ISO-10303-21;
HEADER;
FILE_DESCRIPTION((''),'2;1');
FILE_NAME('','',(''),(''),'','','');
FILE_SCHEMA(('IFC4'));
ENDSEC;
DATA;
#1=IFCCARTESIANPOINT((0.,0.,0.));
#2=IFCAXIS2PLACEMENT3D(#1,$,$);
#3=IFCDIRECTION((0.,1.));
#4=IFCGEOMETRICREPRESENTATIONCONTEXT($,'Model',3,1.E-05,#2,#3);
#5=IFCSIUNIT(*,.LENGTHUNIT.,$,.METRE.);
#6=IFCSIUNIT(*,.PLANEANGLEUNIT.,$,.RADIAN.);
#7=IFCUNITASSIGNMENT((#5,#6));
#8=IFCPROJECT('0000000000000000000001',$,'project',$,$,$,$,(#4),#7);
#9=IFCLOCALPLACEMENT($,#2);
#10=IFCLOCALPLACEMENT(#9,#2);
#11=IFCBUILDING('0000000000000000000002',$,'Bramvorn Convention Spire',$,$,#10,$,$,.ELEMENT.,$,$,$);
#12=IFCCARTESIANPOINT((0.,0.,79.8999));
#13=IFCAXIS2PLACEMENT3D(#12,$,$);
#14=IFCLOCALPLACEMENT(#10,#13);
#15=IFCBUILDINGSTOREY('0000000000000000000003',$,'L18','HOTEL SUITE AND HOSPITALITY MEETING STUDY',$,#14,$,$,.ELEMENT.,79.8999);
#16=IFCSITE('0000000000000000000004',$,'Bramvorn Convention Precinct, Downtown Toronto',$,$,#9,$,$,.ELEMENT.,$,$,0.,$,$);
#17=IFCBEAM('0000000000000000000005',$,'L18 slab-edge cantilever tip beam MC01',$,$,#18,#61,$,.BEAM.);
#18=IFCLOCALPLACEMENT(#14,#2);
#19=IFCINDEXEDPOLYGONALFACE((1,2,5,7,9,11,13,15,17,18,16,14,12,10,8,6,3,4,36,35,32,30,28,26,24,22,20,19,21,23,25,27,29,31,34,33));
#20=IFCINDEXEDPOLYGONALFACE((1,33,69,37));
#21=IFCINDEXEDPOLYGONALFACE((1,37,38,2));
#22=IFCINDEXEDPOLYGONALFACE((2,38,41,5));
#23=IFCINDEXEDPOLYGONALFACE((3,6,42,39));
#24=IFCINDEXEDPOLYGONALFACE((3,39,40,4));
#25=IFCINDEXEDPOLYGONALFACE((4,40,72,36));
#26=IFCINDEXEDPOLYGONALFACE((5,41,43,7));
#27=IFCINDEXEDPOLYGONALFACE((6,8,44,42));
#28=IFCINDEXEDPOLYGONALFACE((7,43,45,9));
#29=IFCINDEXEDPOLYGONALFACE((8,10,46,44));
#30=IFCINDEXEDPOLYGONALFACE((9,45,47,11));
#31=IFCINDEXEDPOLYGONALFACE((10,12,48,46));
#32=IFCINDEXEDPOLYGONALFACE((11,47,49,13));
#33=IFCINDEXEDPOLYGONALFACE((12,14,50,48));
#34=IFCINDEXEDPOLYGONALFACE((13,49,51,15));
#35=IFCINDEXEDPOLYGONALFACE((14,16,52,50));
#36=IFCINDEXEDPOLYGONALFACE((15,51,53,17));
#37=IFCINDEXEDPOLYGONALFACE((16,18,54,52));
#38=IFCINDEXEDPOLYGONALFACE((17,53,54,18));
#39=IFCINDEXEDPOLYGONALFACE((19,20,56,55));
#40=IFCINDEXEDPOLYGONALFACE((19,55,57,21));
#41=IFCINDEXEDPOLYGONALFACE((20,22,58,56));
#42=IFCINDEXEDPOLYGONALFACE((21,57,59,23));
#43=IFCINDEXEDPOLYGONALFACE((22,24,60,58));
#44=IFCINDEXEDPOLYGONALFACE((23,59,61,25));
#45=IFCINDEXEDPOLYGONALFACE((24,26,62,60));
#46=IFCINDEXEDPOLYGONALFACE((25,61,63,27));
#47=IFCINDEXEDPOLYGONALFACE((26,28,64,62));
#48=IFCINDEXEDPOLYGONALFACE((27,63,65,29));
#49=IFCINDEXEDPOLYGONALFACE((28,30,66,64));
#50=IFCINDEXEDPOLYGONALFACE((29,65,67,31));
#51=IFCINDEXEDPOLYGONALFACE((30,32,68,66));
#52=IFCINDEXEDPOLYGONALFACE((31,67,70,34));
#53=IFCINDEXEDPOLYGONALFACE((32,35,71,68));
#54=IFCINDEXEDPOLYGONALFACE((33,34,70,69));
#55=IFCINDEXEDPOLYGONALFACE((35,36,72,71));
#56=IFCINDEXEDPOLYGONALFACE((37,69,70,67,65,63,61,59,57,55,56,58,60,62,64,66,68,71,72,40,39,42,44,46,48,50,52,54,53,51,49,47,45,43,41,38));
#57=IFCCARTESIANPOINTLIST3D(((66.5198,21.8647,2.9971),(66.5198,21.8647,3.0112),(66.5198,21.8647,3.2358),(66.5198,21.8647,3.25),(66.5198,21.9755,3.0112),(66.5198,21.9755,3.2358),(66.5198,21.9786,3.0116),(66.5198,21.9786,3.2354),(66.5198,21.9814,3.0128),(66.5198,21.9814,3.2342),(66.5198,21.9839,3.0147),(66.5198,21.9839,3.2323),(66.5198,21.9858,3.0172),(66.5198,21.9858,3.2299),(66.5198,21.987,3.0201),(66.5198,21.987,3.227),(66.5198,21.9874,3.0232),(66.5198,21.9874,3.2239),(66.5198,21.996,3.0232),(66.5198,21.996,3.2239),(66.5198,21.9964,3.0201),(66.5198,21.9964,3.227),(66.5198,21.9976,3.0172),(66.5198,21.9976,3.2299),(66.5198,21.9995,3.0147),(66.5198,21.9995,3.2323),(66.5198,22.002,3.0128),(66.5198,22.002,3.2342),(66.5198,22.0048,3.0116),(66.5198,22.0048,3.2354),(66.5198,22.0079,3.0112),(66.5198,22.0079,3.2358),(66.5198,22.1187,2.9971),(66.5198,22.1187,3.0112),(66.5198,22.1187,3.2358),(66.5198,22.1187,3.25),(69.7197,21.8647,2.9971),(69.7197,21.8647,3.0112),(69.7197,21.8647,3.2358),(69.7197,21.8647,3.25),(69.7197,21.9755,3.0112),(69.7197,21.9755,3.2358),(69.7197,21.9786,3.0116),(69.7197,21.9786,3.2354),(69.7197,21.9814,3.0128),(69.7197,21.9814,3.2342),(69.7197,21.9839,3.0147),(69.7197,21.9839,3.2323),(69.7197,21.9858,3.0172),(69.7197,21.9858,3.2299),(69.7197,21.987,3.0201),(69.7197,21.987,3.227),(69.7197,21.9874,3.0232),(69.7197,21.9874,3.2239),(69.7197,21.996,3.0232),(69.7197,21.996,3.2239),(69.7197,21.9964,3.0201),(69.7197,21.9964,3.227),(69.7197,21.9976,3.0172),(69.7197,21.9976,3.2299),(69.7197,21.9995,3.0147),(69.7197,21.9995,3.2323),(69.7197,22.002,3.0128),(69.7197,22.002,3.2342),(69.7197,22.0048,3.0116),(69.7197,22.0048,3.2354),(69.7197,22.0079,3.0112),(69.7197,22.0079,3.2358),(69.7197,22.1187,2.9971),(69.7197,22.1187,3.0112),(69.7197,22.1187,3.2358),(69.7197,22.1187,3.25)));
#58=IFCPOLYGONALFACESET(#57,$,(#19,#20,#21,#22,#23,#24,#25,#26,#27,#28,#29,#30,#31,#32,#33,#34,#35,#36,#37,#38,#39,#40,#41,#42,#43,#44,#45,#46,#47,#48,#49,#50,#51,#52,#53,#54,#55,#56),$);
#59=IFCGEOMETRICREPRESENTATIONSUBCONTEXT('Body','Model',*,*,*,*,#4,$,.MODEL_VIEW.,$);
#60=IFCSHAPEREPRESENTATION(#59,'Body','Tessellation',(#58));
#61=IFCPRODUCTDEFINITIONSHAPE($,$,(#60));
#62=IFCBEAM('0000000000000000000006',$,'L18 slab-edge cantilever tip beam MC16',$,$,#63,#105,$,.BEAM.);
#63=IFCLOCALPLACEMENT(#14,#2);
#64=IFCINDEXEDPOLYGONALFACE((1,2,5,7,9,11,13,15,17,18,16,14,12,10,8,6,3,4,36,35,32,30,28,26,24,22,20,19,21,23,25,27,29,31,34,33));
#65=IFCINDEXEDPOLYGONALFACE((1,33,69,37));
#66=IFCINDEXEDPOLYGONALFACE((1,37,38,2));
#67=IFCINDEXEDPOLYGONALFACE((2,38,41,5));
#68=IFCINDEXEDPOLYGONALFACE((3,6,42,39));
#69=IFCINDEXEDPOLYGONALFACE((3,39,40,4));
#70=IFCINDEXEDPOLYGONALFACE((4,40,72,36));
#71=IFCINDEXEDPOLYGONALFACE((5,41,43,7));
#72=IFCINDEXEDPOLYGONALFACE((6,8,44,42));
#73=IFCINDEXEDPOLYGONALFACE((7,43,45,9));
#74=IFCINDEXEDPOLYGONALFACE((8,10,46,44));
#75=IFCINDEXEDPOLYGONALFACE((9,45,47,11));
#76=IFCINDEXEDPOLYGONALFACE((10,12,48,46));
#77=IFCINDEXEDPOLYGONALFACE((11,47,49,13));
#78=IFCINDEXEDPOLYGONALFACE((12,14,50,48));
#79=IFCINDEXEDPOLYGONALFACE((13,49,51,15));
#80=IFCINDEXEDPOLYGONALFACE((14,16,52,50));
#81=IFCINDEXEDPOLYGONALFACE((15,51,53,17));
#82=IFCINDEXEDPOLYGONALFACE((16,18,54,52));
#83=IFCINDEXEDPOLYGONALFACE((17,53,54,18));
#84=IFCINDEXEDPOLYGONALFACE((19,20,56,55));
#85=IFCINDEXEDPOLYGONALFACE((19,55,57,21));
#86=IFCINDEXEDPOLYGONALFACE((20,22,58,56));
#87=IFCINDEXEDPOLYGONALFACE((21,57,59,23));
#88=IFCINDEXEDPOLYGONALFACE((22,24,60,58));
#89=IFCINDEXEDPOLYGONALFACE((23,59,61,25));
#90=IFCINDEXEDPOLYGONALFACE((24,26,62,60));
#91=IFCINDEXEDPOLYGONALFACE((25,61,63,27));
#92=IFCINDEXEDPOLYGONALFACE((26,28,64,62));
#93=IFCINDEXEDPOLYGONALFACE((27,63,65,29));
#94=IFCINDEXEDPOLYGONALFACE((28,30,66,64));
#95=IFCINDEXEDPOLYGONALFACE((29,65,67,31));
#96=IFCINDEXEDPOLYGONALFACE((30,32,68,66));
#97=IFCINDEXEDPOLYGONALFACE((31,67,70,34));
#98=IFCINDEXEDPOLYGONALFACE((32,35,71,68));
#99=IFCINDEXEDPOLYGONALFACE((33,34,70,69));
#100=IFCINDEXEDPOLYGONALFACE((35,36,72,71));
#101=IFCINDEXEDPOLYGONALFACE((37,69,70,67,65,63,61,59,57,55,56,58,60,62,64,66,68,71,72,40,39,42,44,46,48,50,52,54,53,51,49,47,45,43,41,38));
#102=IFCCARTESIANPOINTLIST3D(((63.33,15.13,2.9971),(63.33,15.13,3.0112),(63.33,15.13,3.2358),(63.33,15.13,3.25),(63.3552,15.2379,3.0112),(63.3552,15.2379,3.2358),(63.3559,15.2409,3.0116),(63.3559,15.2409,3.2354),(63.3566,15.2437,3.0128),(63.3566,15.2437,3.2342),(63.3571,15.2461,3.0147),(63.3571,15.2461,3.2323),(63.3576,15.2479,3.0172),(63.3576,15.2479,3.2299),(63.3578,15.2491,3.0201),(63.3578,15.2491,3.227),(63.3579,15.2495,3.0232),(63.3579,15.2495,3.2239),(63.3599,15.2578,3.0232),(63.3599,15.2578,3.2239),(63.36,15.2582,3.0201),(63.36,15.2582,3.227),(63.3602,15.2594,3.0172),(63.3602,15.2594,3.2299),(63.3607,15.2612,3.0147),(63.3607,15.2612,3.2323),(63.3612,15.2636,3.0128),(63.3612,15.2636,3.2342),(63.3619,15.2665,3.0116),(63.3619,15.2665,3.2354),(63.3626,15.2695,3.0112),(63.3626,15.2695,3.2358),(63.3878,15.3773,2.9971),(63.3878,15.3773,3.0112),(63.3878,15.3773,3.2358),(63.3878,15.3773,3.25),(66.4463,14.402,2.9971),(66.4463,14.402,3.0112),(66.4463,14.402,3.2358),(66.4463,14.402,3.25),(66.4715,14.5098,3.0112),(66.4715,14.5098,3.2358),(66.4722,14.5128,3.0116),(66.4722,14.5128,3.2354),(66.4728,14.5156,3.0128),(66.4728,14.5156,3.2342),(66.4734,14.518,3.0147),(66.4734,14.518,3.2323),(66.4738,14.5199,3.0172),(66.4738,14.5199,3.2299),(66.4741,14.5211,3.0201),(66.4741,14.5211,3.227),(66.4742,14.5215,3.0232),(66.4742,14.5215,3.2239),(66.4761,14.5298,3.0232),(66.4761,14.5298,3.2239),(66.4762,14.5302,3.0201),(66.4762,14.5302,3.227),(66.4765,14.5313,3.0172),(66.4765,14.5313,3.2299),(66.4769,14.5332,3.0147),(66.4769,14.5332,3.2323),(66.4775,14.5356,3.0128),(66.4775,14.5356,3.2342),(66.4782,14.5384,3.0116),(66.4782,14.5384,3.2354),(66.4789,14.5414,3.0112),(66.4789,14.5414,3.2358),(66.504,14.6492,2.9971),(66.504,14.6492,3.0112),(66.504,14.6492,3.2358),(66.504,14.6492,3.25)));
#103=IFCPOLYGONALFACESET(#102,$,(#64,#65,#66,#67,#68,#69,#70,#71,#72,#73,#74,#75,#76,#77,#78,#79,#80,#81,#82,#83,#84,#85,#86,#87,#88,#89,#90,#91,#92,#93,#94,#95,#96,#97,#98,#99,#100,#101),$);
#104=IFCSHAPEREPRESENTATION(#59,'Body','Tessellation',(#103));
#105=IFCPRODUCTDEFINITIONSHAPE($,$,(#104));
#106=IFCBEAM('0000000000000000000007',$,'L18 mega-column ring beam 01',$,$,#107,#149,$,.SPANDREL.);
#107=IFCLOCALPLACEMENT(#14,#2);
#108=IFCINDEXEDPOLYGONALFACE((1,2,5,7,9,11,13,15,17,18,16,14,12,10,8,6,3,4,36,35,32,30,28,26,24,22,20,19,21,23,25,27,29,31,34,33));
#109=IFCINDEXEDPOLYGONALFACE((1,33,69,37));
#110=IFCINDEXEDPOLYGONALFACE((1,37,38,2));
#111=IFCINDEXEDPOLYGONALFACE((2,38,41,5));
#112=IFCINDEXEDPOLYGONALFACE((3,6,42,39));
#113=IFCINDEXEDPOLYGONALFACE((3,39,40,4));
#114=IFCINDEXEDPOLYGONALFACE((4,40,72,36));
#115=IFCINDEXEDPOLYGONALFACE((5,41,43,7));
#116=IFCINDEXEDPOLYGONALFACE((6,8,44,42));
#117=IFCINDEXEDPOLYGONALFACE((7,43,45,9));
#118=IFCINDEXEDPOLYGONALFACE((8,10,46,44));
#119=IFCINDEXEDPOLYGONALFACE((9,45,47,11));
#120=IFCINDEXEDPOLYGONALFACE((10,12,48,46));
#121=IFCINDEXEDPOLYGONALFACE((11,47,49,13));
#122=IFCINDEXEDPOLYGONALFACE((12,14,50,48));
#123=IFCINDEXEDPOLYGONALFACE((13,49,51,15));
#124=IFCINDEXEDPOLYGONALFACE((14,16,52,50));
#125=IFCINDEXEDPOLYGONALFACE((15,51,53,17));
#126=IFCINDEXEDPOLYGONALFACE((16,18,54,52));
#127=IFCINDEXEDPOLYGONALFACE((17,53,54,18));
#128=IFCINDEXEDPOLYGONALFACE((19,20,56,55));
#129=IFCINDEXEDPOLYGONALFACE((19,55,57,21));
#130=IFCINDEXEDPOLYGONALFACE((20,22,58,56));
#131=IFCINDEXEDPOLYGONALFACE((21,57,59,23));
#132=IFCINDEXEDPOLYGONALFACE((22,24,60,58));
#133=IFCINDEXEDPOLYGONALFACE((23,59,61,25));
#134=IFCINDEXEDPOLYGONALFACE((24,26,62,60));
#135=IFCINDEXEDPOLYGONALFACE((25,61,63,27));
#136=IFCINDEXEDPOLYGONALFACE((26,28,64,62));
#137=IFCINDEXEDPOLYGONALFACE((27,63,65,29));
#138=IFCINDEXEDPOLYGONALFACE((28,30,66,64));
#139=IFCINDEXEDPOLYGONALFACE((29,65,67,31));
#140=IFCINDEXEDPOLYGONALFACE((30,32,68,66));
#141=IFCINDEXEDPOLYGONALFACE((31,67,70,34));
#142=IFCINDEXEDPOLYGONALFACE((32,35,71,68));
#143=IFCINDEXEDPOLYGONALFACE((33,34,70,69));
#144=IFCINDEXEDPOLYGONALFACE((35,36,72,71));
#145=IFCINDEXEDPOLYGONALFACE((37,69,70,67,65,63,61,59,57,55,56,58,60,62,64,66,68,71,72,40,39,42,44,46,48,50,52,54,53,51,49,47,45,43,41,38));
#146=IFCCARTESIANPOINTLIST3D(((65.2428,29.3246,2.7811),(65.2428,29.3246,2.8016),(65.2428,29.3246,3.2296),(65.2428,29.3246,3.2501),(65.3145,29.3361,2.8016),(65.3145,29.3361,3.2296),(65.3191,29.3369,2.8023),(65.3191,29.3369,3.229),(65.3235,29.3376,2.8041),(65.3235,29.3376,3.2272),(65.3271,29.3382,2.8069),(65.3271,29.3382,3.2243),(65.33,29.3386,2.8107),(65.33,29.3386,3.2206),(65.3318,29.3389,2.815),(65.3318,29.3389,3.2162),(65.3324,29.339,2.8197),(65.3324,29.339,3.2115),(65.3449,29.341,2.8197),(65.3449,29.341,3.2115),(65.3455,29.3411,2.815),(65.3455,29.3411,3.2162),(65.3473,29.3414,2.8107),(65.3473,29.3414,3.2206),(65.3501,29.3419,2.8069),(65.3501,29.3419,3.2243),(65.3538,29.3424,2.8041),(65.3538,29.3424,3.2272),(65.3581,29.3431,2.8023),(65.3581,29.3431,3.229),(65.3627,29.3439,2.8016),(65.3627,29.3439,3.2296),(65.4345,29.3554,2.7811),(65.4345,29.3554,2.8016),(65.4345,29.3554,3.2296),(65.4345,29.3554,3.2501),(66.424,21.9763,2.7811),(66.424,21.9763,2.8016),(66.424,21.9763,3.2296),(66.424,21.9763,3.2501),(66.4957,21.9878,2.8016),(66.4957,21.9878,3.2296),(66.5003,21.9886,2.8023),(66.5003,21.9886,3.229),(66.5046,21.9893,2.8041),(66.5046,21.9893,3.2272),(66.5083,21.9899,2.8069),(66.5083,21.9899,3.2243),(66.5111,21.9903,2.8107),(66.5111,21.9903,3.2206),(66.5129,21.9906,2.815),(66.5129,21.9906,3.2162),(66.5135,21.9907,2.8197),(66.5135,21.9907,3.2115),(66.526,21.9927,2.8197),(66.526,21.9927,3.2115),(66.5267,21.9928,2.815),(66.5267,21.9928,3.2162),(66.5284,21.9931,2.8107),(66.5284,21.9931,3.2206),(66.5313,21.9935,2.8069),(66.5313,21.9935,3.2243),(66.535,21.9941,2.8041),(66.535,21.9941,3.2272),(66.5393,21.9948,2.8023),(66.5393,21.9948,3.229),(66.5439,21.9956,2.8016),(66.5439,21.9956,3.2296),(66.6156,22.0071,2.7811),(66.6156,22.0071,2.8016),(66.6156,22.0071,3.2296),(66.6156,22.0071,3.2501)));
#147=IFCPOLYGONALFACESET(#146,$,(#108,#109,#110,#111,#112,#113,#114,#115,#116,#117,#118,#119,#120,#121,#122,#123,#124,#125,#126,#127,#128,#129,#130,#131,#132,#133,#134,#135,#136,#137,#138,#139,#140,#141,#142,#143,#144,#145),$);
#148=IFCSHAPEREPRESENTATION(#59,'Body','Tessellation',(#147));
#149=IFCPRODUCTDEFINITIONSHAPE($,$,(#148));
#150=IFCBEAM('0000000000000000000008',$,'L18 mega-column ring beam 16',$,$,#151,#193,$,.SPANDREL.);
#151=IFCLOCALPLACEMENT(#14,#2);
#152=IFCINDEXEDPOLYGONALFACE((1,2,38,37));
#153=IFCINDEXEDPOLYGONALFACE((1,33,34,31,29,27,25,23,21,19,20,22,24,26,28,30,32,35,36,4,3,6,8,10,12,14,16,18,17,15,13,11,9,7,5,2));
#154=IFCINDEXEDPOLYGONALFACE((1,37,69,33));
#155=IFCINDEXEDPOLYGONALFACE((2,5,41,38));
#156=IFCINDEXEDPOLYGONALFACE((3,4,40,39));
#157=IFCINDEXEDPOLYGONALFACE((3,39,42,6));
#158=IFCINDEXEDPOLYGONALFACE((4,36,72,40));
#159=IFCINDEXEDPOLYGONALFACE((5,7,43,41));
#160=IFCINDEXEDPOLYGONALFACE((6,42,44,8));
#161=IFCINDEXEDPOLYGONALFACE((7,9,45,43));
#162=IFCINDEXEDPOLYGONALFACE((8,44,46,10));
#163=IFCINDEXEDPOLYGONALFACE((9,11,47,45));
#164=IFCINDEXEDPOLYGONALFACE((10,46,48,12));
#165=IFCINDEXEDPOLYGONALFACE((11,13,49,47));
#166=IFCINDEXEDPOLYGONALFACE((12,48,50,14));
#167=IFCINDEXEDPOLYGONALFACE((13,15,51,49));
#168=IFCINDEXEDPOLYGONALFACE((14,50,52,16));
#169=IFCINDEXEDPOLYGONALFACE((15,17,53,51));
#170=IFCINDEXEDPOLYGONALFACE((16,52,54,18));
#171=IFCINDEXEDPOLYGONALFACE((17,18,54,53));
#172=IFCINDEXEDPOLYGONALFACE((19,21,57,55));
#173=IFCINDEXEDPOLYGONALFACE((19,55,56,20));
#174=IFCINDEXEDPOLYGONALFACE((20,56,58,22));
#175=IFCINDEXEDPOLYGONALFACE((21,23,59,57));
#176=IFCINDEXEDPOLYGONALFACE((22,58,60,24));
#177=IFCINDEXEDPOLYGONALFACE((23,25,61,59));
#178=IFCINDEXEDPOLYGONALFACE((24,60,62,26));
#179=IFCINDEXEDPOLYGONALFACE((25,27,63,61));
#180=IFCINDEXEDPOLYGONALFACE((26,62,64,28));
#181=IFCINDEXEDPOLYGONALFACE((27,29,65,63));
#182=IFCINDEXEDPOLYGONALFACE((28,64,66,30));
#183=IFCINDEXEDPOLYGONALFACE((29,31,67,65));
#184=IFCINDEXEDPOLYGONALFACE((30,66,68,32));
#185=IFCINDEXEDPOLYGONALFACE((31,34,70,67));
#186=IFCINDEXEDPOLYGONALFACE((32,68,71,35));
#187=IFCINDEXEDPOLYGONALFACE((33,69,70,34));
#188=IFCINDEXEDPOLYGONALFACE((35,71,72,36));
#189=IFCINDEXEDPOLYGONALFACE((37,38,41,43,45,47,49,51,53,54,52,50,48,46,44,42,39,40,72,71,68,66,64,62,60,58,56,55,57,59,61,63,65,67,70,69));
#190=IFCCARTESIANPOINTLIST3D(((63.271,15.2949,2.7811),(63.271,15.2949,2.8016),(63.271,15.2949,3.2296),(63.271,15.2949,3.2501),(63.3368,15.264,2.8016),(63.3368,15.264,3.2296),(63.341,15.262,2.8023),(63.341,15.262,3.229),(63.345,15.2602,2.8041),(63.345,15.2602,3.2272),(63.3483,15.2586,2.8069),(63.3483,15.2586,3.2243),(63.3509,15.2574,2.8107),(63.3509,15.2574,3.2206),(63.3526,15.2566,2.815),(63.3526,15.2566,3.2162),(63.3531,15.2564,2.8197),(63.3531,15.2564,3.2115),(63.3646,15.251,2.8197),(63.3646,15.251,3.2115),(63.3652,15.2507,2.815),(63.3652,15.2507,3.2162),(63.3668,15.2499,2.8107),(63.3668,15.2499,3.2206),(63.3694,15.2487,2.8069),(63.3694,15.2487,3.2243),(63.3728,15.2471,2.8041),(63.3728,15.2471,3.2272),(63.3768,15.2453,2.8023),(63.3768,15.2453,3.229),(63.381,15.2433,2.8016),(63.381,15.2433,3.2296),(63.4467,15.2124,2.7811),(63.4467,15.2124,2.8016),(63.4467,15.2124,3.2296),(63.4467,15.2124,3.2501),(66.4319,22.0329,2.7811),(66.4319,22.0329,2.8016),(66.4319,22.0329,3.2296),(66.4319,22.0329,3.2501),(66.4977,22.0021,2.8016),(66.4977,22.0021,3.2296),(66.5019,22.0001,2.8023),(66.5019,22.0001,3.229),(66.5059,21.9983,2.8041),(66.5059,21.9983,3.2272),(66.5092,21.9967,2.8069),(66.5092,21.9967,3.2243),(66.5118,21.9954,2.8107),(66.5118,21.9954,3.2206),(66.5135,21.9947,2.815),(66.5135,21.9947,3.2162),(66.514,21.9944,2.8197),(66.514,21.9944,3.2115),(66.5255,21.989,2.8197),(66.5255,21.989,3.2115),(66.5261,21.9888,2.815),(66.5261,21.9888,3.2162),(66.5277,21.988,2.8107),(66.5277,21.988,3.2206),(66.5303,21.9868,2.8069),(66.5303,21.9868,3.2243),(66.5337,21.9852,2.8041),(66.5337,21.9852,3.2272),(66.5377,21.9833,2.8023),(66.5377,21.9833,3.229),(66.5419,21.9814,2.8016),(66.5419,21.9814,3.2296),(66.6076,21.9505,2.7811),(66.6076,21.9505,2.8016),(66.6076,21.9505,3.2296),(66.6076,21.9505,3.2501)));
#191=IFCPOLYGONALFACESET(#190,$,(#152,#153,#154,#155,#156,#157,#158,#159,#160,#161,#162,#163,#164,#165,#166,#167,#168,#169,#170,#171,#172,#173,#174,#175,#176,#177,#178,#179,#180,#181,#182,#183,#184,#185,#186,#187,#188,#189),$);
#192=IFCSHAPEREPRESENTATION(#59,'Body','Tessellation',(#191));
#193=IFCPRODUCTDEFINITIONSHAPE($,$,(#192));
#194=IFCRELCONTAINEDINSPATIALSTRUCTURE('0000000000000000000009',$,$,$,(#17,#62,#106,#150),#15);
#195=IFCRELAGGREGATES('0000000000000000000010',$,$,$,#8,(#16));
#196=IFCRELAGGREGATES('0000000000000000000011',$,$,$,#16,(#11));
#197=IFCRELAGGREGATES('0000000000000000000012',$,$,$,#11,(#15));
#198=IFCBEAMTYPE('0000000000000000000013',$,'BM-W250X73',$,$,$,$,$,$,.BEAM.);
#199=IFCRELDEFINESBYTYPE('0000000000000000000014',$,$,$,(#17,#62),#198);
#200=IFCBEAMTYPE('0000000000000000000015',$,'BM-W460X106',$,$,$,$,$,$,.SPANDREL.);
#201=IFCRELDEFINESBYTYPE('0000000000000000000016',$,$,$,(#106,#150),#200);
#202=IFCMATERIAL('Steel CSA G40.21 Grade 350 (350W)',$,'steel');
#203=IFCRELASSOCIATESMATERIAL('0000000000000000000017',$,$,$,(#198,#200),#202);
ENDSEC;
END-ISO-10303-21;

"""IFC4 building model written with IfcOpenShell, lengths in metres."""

from ifc_helpers import new_model, si_unit, direction, frame, origin, origin_2d, place, context, subcontext, project, spatial, i_section, extrude, material, material_profile, profile_set, type_object, element, save


model = new_model("IFC4")

# Units and contexts
model_context = context("Model", 3, precision=1e-05, world=origin(), true_north=direction((0.0, 1.0)))
body_context = subcontext(model_context, "Body", "Model", "MODEL_VIEW")
ifc_project = project(units=[si_unit("LENGTHUNIT", "METRE"), si_unit("PLANEANGLEUNIT", "RADIAN")], contexts=[model_context])

# Site, building, storey
site_placement = place(None, origin())
site = spatial("IfcSite", under=ifc_project, at=site_placement, Name="Bramvorn Convention Precinct, Downtown Toronto", CompositionType="ELEMENT", RefElevation=0.0)
building_placement = place(site_placement, origin())
building = spatial("IfcBuilding", under=site, at=building_placement, Name="Bramvorn Convention Spire", CompositionType="ELEMENT")
storey_placement = place(building_placement, frame((0.0, 0.0, 79.8999)))
storey = spatial("IfcBuildingStorey", under=building, at=storey_placement, Name="L18", Description="HOTEL SUITE AND HOSPITALITY MEETING STUDY", CompositionType="ELEMENT", Elevation=79.8999)

# Shared definitions
ifc_material_1 = material(Name="Steel CSA G40.21 Grade 350 (350W)", Category="steel")

# Beams
ifc_material_profile_1 = material_profile(ifc_material_1, i_section(OverallWidth=0.2539, OverallDepth=0.2529, WebThickness=0.0085, FlangeThickness=0.0142, FilletRadius=0.012, at=origin_2d()))
ifc_profile_set_1 = profile_set([ifc_material_profile_1], Name="Steel CSA G40.21 Grade 350 (350W) - W250X73")
beam_type_1 = type_object("IfcBeamType", Name="BM-W250X73", PredefinedType="BEAM", material=ifc_profile_set_1)
beam_1_placement = place(storey_placement, frame((66.5198, 21.9917, 3.1235), z_axis=(1.0, 0.0, 0.0), x_axis=(0.0, 1.0, 0.0)))
element("IfcBeam", 1, at=beam_1_placement, inside=storey, type_object=beam_type_1, Name="L18 slab-edge cantilever tip beam MC01", PredefinedType="BEAM", context=body_context, shape_type="SweptSolid", body=[
    extrude(i_section(OverallWidth=0.2539, OverallDepth=0.2529, WebThickness=0.0085, FlangeThickness=0.0142, FilletRadius=0.012, at=origin_2d()), origin(), (0.0, 0.0, 1.0), 3.2),
])
beam_2_placement = place(storey_placement, frame((63.3589, 15.2537, 3.1235), z_axis=(0.973778, -0.2275, 0.0), x_axis=(0.2275, 0.973778, 0.0)))
element("IfcBeam", 2, at=beam_2_placement, inside=storey, type_object=beam_type_1, Name="L18 slab-edge cantilever tip beam MC16", PredefinedType="BEAM", context=body_context, shape_type="SweptSolid", body=[
    extrude(i_section(OverallWidth=0.2539, OverallDepth=0.2529, WebThickness=0.0085, FlangeThickness=0.0142, FilletRadius=0.012, at=origin_2d()), origin(), (0.0, 0.0, 1.0), 3.2002),
])
ifc_material_profile_2 = material_profile(ifc_material_1, i_section(OverallWidth=0.1941, OverallDepth=0.469, WebThickness=0.0127, FlangeThickness=0.0205, FilletRadius=0.0181, at=origin_2d()))
ifc_profile_set_2 = profile_set([ifc_material_profile_2], Name="Steel CSA G40.21 Grade 350 (350W) - W460X106")
beam_type_2 = type_object("IfcBeamType", Name="BM-W460X106", PredefinedType="SPANDREL", material=ifc_profile_set_2)
for number, where, z_axis, x_axis, name in (
    (3, (66.5198, 21.9917, 3.0156), (-0.158699, 0.987327, 0.0), (-0.987327, -0.158699, 0.0), "L18 mega-column ring beam 01"),
    (4, (63.3589, 15.2537, 3.0156), (0.424702, 0.905333, 0.0), (-0.905333, 0.424702, 0.0), "L18 mega-column ring beam 16"),
):
    element("IfcBeam", number, at=place(storey_placement, frame(where, z_axis=z_axis, x_axis=x_axis)), inside=storey, type_object=beam_type_2, Name=name, PredefinedType="SPANDREL", context=body_context, shape_type="SweptSolid", body=[
        extrude(i_section(OverallWidth=0.1941, OverallDepth=0.469, WebThickness=0.0127, FlangeThickness=0.0205, FilletRadius=0.0181, at=origin_2d()), origin(), (0.0, 0.0, 1.0), 7.4426),
    ])

save(model, "model.ifc")
